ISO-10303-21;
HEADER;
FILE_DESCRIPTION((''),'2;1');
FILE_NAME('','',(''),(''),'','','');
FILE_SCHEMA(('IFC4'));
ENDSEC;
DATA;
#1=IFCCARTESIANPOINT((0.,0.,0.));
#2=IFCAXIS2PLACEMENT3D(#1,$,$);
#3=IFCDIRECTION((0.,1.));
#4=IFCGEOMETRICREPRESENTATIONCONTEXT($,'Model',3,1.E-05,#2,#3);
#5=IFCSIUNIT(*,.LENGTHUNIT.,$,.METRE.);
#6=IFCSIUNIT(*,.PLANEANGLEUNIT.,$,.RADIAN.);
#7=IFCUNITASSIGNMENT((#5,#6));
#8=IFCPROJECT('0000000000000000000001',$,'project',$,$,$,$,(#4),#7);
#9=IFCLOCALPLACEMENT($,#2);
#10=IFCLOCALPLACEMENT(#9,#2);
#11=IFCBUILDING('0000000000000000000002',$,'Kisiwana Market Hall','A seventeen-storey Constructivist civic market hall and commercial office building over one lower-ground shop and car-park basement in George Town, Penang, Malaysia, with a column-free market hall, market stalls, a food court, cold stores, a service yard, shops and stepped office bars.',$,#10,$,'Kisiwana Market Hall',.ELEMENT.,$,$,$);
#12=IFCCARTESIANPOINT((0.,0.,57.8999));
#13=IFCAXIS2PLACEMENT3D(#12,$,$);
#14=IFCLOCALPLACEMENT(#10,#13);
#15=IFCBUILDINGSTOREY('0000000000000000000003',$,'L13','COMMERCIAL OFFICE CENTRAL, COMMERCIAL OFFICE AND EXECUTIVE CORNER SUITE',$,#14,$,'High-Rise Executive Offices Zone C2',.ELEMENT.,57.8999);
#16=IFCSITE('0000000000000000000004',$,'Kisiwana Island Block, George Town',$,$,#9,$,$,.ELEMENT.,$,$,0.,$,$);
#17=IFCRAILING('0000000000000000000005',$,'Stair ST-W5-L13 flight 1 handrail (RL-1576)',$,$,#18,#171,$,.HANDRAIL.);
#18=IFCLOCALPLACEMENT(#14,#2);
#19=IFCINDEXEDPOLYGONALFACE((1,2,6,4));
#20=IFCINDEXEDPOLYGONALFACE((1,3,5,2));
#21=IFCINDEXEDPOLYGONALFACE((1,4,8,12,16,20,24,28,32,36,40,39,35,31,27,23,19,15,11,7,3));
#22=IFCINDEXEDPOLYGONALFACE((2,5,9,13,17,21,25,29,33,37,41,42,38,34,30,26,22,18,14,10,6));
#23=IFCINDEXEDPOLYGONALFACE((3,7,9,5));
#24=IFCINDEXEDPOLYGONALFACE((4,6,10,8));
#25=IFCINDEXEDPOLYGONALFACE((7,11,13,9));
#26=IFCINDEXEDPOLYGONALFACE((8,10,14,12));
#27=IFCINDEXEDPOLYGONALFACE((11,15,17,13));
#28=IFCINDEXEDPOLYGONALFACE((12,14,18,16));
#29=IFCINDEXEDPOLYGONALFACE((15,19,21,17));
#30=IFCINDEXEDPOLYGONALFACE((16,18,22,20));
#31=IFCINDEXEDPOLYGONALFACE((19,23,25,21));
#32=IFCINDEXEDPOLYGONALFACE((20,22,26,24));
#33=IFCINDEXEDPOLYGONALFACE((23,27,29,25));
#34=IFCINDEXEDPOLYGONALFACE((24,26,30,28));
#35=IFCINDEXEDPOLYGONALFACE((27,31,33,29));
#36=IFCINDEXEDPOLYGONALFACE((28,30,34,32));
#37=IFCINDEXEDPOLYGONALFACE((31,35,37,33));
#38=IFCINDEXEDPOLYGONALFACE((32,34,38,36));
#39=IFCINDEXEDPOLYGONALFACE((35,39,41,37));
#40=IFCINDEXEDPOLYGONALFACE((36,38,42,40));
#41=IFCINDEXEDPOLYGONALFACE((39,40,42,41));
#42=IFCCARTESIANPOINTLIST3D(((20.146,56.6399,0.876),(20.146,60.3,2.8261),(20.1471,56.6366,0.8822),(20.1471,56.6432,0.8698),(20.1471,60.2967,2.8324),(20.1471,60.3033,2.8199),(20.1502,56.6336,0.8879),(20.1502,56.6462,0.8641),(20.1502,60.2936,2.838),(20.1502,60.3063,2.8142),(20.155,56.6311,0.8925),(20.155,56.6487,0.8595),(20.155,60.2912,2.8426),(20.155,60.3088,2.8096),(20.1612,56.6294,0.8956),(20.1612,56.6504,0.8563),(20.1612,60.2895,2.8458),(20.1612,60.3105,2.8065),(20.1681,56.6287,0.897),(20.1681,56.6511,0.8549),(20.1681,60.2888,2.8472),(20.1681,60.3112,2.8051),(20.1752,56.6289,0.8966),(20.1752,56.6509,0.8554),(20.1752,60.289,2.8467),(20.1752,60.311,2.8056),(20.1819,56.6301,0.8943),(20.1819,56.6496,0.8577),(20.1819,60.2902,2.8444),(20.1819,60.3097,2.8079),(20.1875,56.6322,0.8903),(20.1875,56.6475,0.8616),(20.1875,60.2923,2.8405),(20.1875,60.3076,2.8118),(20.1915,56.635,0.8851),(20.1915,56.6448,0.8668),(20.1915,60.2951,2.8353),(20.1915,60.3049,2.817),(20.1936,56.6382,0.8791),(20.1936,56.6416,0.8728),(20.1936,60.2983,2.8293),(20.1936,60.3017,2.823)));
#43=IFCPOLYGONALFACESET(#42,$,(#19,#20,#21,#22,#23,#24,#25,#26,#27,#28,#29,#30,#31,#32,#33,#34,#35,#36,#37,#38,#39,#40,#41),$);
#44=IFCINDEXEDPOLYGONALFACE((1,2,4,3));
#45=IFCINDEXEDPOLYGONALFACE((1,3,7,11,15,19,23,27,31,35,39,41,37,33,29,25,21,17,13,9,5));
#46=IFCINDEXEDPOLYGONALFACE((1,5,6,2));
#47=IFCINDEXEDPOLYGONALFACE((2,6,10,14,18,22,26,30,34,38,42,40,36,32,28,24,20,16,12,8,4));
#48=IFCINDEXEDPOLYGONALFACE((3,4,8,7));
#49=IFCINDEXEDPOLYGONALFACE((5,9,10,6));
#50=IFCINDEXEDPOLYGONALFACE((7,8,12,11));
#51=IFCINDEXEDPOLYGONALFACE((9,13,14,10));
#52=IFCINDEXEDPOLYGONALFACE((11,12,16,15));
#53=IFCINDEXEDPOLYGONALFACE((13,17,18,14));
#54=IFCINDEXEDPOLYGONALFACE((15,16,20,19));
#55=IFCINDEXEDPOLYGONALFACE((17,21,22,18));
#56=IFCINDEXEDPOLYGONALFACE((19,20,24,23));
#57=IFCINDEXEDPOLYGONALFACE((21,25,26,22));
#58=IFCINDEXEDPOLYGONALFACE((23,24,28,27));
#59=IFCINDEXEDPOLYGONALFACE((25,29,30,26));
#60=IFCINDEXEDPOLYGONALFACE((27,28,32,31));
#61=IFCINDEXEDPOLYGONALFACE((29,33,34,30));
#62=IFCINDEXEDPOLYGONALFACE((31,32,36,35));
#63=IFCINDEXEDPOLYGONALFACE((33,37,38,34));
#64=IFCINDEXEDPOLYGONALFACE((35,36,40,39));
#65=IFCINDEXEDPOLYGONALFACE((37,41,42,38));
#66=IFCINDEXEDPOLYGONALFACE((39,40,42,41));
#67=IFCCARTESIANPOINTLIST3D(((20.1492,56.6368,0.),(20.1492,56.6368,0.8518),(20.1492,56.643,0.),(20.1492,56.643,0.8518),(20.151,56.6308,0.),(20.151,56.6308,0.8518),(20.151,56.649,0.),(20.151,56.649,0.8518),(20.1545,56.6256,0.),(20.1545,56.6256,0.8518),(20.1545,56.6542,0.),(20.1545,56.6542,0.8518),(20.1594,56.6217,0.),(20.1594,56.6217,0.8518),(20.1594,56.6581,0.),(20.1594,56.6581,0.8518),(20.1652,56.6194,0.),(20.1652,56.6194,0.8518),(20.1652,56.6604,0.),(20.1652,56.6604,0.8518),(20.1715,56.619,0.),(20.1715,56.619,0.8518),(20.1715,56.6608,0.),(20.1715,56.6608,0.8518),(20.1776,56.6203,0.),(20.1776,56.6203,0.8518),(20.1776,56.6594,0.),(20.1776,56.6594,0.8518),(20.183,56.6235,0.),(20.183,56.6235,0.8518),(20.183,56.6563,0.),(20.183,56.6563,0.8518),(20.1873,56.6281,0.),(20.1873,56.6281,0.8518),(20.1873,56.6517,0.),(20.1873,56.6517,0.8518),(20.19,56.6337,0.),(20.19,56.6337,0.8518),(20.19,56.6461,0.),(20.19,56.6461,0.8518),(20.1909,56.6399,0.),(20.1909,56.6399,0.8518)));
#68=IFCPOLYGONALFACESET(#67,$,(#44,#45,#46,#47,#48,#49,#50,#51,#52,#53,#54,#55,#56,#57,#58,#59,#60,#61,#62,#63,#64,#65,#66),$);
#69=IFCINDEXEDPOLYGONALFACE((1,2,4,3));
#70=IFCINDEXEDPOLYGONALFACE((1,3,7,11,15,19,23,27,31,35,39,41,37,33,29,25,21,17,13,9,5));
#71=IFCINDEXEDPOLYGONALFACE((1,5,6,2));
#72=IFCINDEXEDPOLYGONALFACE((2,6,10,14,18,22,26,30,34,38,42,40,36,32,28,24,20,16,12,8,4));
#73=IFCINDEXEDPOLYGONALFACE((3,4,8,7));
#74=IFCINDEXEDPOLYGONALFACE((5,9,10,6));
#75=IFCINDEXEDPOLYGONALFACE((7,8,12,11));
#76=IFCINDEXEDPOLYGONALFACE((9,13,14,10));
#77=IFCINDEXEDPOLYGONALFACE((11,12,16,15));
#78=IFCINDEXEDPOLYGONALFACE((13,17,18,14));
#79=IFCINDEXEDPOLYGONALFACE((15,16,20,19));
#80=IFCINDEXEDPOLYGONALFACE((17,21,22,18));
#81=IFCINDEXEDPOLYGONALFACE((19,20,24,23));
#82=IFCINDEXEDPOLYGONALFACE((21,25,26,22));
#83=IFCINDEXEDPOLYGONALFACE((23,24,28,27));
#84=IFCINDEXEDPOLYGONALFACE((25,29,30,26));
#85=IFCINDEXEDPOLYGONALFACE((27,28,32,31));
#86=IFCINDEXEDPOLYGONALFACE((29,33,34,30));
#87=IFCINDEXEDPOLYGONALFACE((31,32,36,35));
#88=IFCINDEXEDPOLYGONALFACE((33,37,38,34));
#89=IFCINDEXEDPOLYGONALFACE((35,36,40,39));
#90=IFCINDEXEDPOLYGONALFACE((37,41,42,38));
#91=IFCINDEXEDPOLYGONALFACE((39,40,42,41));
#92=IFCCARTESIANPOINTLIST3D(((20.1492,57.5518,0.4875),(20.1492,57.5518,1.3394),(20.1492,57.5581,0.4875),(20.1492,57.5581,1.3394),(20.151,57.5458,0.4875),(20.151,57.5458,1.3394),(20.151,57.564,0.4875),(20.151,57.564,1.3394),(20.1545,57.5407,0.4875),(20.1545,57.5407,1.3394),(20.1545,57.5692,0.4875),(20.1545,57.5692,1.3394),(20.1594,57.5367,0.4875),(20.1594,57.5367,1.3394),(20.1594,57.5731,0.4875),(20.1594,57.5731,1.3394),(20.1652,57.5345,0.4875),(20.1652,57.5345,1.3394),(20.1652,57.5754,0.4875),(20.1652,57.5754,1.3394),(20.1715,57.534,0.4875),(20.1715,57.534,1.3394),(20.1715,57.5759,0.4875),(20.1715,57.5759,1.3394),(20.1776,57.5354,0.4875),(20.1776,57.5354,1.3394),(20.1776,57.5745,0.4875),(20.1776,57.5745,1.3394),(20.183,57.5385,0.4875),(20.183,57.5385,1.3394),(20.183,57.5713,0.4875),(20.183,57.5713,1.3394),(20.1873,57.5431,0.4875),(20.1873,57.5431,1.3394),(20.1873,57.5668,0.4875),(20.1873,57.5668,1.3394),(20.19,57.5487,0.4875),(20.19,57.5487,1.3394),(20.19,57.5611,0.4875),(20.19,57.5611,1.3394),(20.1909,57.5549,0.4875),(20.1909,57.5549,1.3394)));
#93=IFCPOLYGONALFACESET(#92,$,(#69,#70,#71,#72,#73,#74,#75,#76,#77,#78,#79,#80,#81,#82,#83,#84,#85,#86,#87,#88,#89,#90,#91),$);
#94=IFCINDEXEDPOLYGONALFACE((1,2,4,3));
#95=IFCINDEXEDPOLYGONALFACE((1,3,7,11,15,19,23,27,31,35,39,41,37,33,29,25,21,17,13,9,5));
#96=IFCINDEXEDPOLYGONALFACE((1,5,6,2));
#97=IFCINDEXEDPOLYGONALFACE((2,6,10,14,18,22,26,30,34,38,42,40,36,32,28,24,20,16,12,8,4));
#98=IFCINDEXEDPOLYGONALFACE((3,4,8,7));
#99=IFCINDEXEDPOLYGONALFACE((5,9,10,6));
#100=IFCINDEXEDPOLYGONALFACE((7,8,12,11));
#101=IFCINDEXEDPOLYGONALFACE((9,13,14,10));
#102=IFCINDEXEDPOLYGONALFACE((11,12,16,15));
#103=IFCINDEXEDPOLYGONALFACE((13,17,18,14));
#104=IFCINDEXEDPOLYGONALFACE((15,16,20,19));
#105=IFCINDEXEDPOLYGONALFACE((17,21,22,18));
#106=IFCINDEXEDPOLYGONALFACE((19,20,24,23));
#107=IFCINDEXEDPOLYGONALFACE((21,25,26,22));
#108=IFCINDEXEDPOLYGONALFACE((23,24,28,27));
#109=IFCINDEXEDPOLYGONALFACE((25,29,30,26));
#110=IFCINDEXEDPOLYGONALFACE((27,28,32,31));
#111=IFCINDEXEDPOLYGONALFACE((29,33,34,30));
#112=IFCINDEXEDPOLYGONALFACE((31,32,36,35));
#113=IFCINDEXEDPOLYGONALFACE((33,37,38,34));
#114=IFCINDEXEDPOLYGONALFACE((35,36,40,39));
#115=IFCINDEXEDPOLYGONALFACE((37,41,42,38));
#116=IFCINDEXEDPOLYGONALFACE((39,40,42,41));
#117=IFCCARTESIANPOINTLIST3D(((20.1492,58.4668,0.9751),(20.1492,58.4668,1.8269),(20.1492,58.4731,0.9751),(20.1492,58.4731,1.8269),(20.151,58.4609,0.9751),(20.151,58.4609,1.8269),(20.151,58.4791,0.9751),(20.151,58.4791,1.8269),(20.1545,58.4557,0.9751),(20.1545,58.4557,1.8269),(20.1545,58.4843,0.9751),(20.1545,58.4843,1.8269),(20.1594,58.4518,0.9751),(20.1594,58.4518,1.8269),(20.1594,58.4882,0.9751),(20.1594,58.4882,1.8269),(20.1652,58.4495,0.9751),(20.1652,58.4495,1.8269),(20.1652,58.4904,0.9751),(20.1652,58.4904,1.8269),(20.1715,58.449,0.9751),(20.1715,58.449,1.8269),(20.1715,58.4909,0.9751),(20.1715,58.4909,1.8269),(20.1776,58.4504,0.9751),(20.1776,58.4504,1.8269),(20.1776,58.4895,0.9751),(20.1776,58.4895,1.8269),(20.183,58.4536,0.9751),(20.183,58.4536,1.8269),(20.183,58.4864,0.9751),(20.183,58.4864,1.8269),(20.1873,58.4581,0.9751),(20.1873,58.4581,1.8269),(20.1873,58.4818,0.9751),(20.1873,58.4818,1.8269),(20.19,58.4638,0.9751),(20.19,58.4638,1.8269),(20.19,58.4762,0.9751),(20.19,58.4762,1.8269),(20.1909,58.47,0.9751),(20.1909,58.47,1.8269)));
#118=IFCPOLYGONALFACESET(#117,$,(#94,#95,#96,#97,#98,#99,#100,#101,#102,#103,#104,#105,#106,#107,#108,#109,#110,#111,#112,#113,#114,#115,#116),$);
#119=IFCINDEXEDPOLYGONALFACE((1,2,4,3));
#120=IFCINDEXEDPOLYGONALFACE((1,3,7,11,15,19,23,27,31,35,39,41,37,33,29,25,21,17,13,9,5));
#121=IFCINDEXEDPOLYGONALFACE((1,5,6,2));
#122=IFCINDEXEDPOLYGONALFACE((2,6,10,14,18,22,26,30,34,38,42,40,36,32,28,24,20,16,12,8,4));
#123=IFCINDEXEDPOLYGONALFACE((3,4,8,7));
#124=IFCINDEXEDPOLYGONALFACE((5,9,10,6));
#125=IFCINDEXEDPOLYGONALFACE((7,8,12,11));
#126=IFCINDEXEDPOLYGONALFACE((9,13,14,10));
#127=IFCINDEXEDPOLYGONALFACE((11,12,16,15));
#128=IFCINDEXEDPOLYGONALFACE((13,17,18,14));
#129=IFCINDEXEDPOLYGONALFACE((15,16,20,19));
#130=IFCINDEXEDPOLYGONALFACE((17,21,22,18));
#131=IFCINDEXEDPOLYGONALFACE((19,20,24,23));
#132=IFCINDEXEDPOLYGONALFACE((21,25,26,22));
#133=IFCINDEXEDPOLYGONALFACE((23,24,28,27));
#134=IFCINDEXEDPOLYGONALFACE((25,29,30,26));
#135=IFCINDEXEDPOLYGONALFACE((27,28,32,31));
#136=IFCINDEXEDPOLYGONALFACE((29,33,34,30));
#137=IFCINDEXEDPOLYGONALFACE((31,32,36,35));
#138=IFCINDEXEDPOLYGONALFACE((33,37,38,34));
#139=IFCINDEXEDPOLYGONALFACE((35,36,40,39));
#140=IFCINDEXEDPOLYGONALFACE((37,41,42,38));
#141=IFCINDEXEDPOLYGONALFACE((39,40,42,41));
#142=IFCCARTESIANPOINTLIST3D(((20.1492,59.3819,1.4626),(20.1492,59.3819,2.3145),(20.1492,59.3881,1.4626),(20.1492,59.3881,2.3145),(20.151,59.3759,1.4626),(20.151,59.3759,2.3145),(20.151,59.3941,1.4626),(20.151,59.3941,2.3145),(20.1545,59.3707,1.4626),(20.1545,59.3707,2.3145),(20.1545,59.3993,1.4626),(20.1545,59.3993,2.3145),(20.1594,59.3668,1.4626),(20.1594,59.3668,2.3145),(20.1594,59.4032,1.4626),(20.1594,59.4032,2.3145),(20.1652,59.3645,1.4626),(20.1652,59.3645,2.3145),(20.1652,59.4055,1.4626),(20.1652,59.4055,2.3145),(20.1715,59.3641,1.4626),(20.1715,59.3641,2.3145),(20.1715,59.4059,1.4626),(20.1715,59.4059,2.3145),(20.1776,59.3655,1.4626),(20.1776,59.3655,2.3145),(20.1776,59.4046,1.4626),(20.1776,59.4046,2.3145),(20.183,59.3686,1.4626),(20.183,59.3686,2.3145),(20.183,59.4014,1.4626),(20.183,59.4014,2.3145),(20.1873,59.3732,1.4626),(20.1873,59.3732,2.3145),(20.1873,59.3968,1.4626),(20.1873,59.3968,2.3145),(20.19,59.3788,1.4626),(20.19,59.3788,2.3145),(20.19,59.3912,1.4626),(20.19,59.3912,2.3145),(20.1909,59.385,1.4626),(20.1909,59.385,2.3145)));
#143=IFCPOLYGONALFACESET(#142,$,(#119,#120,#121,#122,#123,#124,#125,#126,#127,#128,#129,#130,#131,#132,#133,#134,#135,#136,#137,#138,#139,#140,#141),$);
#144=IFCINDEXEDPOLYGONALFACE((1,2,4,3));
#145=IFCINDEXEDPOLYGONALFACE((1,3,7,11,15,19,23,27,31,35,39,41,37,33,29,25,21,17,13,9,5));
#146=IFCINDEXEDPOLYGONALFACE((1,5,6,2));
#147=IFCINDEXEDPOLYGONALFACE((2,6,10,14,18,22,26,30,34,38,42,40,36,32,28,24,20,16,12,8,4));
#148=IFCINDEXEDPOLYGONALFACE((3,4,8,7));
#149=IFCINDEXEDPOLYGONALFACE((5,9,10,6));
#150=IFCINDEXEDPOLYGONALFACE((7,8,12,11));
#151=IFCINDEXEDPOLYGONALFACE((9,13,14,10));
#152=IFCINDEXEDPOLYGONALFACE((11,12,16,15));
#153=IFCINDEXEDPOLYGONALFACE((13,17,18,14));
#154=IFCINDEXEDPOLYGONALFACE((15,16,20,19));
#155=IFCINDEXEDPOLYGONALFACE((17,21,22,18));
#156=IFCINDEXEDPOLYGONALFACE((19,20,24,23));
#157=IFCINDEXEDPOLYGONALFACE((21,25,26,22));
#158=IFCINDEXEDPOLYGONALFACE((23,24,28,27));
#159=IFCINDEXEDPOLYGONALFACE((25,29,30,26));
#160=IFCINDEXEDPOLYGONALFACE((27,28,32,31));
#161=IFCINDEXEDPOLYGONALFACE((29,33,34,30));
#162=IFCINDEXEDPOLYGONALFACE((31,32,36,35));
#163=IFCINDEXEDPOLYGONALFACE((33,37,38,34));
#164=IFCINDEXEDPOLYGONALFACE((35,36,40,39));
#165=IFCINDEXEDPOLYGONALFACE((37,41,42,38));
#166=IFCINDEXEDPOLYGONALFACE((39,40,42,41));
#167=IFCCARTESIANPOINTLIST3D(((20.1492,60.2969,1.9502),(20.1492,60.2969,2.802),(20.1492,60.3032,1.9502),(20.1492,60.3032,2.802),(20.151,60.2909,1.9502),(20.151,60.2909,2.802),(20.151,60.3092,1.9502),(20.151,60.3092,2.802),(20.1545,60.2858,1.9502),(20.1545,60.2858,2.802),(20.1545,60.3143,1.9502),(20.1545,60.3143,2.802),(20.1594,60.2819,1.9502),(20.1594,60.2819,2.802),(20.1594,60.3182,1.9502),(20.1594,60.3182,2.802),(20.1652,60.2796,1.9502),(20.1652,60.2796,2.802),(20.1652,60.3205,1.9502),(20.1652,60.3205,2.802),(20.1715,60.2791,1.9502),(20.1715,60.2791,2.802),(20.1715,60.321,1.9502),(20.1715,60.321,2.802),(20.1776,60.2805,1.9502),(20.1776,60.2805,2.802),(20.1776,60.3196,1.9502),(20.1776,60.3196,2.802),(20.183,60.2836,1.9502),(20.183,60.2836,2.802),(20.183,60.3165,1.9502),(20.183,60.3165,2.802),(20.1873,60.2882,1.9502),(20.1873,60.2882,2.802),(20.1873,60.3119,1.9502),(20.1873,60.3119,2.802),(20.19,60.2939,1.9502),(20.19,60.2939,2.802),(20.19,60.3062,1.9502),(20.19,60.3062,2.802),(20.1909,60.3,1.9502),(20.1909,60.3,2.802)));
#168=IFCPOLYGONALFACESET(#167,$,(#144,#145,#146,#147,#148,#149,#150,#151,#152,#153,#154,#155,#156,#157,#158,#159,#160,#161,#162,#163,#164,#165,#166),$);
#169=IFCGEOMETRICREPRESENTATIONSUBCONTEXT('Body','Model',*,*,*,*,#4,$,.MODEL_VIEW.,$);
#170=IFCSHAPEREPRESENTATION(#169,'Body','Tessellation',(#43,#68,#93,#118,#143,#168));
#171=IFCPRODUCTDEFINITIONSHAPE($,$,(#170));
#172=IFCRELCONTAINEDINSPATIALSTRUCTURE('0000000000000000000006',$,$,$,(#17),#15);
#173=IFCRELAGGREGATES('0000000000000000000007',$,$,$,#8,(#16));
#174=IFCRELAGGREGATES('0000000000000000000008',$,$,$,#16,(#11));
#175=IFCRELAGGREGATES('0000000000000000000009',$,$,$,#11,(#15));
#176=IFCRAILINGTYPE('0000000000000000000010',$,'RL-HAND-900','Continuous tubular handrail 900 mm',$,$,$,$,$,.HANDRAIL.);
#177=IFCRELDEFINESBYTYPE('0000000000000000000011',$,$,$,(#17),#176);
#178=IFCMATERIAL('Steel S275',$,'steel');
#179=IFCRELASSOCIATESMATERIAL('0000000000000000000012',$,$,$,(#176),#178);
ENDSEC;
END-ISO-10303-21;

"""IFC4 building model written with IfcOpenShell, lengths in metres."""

from ifc_helpers import new_model, si_unit, direction, frame, origin, origin_2d, place, context, subcontext, project, spatial, circle, extrude, material, type_object, element, save


model = new_model("IFC4")

# Units and contexts
model_context = context("Model", 3, precision=1e-05, world=origin(), true_north=direction((0.0, 1.0)))
body_context = subcontext(model_context, "Body", "Model", "MODEL_VIEW")
ifc_project = project(units=[si_unit("LENGTHUNIT", "METRE"), si_unit("PLANEANGLEUNIT", "RADIAN")], contexts=[model_context])

# Site, building, storey
site_placement = place(None, origin())
site = spatial("IfcSite", under=ifc_project, at=site_placement, Name="Kisiwana Island Block, George Town", CompositionType="ELEMENT", RefElevation=0.0)
building_placement = place(site_placement, origin())
building = spatial("IfcBuilding", under=site, at=building_placement, Name="Kisiwana Market Hall", Description="A seventeen-storey Constructivist civic market hall and commercial office building over one lower-ground shop and car-park basement in George Town, Penang, Malaysia, with a column-free market hall, market stalls, a food court, cold stores, a service yard, shops and stepped office bars.", LongName="Kisiwana Market Hall", CompositionType="ELEMENT")
storey_placement = place(building_placement, frame((0.0, 0.0, 57.8999)))
storey = spatial("IfcBuildingStorey", under=building, at=storey_placement, Name="L13", Description="COMMERCIAL OFFICE CENTRAL, COMMERCIAL OFFICE AND EXECUTIVE CORNER SUITE", LongName="High-Rise Executive Offices Zone C2", CompositionType="ELEMENT", Elevation=57.8999)

# Railing
ifc_material_1 = material(Name="Steel S275", Category="steel")
railing_type_1 = type_object("IfcRailingType", Name="RL-HAND-900", Description="Continuous tubular handrail 900 mm", PredefinedType="HANDRAIL", material=ifc_material_1)
railing_1_placement = place(storey_placement, frame((20.1699, 56.6399, 0.0)))
element("IfcRailing", 1, at=railing_1_placement, inside=storey, type_object=railing_type_1, Name="Stair ST-W5-L13 flight 1 handrail (RL-1576)", PredefinedType="HANDRAIL", context=body_context, shape_type="SweptSolid", body=[
    extrude(circle(Radius=0.0239, at=origin_2d()), frame((0.0, 0.0, 0.876), z_axis=(0.0, 0.882542, 0.470234), x_axis=(-1.0, 0.0, 0.0)), (0.0, 0.0, 1.0), 4.1472),
    extrude(circle(Radius=0.021, at=origin_2d()), origin(), (0.0, 0.0, 1.0), 0.8518),
    extrude(circle(Radius=0.021, at=origin_2d()), frame((0.0, 0.915, 0.4875)), (0.0, 0.0, 1.0), 0.8518),
    extrude(circle(Radius=0.021, at=origin_2d()), frame((0.0, 1.8301, 0.9751)), (0.0, 0.0, 1.0), 0.8518),
    extrude(circle(Radius=0.021, at=origin_2d()), frame((0.0, 2.7451, 1.4626)), (0.0, 0.0, 1.0), 0.8518),
    extrude(circle(Radius=0.021, at=origin_2d()), frame((0.0, 3.6602, 1.9502)), (0.0, 0.0, 1.0), 0.8518),
])

save(model, "model.ifc")
